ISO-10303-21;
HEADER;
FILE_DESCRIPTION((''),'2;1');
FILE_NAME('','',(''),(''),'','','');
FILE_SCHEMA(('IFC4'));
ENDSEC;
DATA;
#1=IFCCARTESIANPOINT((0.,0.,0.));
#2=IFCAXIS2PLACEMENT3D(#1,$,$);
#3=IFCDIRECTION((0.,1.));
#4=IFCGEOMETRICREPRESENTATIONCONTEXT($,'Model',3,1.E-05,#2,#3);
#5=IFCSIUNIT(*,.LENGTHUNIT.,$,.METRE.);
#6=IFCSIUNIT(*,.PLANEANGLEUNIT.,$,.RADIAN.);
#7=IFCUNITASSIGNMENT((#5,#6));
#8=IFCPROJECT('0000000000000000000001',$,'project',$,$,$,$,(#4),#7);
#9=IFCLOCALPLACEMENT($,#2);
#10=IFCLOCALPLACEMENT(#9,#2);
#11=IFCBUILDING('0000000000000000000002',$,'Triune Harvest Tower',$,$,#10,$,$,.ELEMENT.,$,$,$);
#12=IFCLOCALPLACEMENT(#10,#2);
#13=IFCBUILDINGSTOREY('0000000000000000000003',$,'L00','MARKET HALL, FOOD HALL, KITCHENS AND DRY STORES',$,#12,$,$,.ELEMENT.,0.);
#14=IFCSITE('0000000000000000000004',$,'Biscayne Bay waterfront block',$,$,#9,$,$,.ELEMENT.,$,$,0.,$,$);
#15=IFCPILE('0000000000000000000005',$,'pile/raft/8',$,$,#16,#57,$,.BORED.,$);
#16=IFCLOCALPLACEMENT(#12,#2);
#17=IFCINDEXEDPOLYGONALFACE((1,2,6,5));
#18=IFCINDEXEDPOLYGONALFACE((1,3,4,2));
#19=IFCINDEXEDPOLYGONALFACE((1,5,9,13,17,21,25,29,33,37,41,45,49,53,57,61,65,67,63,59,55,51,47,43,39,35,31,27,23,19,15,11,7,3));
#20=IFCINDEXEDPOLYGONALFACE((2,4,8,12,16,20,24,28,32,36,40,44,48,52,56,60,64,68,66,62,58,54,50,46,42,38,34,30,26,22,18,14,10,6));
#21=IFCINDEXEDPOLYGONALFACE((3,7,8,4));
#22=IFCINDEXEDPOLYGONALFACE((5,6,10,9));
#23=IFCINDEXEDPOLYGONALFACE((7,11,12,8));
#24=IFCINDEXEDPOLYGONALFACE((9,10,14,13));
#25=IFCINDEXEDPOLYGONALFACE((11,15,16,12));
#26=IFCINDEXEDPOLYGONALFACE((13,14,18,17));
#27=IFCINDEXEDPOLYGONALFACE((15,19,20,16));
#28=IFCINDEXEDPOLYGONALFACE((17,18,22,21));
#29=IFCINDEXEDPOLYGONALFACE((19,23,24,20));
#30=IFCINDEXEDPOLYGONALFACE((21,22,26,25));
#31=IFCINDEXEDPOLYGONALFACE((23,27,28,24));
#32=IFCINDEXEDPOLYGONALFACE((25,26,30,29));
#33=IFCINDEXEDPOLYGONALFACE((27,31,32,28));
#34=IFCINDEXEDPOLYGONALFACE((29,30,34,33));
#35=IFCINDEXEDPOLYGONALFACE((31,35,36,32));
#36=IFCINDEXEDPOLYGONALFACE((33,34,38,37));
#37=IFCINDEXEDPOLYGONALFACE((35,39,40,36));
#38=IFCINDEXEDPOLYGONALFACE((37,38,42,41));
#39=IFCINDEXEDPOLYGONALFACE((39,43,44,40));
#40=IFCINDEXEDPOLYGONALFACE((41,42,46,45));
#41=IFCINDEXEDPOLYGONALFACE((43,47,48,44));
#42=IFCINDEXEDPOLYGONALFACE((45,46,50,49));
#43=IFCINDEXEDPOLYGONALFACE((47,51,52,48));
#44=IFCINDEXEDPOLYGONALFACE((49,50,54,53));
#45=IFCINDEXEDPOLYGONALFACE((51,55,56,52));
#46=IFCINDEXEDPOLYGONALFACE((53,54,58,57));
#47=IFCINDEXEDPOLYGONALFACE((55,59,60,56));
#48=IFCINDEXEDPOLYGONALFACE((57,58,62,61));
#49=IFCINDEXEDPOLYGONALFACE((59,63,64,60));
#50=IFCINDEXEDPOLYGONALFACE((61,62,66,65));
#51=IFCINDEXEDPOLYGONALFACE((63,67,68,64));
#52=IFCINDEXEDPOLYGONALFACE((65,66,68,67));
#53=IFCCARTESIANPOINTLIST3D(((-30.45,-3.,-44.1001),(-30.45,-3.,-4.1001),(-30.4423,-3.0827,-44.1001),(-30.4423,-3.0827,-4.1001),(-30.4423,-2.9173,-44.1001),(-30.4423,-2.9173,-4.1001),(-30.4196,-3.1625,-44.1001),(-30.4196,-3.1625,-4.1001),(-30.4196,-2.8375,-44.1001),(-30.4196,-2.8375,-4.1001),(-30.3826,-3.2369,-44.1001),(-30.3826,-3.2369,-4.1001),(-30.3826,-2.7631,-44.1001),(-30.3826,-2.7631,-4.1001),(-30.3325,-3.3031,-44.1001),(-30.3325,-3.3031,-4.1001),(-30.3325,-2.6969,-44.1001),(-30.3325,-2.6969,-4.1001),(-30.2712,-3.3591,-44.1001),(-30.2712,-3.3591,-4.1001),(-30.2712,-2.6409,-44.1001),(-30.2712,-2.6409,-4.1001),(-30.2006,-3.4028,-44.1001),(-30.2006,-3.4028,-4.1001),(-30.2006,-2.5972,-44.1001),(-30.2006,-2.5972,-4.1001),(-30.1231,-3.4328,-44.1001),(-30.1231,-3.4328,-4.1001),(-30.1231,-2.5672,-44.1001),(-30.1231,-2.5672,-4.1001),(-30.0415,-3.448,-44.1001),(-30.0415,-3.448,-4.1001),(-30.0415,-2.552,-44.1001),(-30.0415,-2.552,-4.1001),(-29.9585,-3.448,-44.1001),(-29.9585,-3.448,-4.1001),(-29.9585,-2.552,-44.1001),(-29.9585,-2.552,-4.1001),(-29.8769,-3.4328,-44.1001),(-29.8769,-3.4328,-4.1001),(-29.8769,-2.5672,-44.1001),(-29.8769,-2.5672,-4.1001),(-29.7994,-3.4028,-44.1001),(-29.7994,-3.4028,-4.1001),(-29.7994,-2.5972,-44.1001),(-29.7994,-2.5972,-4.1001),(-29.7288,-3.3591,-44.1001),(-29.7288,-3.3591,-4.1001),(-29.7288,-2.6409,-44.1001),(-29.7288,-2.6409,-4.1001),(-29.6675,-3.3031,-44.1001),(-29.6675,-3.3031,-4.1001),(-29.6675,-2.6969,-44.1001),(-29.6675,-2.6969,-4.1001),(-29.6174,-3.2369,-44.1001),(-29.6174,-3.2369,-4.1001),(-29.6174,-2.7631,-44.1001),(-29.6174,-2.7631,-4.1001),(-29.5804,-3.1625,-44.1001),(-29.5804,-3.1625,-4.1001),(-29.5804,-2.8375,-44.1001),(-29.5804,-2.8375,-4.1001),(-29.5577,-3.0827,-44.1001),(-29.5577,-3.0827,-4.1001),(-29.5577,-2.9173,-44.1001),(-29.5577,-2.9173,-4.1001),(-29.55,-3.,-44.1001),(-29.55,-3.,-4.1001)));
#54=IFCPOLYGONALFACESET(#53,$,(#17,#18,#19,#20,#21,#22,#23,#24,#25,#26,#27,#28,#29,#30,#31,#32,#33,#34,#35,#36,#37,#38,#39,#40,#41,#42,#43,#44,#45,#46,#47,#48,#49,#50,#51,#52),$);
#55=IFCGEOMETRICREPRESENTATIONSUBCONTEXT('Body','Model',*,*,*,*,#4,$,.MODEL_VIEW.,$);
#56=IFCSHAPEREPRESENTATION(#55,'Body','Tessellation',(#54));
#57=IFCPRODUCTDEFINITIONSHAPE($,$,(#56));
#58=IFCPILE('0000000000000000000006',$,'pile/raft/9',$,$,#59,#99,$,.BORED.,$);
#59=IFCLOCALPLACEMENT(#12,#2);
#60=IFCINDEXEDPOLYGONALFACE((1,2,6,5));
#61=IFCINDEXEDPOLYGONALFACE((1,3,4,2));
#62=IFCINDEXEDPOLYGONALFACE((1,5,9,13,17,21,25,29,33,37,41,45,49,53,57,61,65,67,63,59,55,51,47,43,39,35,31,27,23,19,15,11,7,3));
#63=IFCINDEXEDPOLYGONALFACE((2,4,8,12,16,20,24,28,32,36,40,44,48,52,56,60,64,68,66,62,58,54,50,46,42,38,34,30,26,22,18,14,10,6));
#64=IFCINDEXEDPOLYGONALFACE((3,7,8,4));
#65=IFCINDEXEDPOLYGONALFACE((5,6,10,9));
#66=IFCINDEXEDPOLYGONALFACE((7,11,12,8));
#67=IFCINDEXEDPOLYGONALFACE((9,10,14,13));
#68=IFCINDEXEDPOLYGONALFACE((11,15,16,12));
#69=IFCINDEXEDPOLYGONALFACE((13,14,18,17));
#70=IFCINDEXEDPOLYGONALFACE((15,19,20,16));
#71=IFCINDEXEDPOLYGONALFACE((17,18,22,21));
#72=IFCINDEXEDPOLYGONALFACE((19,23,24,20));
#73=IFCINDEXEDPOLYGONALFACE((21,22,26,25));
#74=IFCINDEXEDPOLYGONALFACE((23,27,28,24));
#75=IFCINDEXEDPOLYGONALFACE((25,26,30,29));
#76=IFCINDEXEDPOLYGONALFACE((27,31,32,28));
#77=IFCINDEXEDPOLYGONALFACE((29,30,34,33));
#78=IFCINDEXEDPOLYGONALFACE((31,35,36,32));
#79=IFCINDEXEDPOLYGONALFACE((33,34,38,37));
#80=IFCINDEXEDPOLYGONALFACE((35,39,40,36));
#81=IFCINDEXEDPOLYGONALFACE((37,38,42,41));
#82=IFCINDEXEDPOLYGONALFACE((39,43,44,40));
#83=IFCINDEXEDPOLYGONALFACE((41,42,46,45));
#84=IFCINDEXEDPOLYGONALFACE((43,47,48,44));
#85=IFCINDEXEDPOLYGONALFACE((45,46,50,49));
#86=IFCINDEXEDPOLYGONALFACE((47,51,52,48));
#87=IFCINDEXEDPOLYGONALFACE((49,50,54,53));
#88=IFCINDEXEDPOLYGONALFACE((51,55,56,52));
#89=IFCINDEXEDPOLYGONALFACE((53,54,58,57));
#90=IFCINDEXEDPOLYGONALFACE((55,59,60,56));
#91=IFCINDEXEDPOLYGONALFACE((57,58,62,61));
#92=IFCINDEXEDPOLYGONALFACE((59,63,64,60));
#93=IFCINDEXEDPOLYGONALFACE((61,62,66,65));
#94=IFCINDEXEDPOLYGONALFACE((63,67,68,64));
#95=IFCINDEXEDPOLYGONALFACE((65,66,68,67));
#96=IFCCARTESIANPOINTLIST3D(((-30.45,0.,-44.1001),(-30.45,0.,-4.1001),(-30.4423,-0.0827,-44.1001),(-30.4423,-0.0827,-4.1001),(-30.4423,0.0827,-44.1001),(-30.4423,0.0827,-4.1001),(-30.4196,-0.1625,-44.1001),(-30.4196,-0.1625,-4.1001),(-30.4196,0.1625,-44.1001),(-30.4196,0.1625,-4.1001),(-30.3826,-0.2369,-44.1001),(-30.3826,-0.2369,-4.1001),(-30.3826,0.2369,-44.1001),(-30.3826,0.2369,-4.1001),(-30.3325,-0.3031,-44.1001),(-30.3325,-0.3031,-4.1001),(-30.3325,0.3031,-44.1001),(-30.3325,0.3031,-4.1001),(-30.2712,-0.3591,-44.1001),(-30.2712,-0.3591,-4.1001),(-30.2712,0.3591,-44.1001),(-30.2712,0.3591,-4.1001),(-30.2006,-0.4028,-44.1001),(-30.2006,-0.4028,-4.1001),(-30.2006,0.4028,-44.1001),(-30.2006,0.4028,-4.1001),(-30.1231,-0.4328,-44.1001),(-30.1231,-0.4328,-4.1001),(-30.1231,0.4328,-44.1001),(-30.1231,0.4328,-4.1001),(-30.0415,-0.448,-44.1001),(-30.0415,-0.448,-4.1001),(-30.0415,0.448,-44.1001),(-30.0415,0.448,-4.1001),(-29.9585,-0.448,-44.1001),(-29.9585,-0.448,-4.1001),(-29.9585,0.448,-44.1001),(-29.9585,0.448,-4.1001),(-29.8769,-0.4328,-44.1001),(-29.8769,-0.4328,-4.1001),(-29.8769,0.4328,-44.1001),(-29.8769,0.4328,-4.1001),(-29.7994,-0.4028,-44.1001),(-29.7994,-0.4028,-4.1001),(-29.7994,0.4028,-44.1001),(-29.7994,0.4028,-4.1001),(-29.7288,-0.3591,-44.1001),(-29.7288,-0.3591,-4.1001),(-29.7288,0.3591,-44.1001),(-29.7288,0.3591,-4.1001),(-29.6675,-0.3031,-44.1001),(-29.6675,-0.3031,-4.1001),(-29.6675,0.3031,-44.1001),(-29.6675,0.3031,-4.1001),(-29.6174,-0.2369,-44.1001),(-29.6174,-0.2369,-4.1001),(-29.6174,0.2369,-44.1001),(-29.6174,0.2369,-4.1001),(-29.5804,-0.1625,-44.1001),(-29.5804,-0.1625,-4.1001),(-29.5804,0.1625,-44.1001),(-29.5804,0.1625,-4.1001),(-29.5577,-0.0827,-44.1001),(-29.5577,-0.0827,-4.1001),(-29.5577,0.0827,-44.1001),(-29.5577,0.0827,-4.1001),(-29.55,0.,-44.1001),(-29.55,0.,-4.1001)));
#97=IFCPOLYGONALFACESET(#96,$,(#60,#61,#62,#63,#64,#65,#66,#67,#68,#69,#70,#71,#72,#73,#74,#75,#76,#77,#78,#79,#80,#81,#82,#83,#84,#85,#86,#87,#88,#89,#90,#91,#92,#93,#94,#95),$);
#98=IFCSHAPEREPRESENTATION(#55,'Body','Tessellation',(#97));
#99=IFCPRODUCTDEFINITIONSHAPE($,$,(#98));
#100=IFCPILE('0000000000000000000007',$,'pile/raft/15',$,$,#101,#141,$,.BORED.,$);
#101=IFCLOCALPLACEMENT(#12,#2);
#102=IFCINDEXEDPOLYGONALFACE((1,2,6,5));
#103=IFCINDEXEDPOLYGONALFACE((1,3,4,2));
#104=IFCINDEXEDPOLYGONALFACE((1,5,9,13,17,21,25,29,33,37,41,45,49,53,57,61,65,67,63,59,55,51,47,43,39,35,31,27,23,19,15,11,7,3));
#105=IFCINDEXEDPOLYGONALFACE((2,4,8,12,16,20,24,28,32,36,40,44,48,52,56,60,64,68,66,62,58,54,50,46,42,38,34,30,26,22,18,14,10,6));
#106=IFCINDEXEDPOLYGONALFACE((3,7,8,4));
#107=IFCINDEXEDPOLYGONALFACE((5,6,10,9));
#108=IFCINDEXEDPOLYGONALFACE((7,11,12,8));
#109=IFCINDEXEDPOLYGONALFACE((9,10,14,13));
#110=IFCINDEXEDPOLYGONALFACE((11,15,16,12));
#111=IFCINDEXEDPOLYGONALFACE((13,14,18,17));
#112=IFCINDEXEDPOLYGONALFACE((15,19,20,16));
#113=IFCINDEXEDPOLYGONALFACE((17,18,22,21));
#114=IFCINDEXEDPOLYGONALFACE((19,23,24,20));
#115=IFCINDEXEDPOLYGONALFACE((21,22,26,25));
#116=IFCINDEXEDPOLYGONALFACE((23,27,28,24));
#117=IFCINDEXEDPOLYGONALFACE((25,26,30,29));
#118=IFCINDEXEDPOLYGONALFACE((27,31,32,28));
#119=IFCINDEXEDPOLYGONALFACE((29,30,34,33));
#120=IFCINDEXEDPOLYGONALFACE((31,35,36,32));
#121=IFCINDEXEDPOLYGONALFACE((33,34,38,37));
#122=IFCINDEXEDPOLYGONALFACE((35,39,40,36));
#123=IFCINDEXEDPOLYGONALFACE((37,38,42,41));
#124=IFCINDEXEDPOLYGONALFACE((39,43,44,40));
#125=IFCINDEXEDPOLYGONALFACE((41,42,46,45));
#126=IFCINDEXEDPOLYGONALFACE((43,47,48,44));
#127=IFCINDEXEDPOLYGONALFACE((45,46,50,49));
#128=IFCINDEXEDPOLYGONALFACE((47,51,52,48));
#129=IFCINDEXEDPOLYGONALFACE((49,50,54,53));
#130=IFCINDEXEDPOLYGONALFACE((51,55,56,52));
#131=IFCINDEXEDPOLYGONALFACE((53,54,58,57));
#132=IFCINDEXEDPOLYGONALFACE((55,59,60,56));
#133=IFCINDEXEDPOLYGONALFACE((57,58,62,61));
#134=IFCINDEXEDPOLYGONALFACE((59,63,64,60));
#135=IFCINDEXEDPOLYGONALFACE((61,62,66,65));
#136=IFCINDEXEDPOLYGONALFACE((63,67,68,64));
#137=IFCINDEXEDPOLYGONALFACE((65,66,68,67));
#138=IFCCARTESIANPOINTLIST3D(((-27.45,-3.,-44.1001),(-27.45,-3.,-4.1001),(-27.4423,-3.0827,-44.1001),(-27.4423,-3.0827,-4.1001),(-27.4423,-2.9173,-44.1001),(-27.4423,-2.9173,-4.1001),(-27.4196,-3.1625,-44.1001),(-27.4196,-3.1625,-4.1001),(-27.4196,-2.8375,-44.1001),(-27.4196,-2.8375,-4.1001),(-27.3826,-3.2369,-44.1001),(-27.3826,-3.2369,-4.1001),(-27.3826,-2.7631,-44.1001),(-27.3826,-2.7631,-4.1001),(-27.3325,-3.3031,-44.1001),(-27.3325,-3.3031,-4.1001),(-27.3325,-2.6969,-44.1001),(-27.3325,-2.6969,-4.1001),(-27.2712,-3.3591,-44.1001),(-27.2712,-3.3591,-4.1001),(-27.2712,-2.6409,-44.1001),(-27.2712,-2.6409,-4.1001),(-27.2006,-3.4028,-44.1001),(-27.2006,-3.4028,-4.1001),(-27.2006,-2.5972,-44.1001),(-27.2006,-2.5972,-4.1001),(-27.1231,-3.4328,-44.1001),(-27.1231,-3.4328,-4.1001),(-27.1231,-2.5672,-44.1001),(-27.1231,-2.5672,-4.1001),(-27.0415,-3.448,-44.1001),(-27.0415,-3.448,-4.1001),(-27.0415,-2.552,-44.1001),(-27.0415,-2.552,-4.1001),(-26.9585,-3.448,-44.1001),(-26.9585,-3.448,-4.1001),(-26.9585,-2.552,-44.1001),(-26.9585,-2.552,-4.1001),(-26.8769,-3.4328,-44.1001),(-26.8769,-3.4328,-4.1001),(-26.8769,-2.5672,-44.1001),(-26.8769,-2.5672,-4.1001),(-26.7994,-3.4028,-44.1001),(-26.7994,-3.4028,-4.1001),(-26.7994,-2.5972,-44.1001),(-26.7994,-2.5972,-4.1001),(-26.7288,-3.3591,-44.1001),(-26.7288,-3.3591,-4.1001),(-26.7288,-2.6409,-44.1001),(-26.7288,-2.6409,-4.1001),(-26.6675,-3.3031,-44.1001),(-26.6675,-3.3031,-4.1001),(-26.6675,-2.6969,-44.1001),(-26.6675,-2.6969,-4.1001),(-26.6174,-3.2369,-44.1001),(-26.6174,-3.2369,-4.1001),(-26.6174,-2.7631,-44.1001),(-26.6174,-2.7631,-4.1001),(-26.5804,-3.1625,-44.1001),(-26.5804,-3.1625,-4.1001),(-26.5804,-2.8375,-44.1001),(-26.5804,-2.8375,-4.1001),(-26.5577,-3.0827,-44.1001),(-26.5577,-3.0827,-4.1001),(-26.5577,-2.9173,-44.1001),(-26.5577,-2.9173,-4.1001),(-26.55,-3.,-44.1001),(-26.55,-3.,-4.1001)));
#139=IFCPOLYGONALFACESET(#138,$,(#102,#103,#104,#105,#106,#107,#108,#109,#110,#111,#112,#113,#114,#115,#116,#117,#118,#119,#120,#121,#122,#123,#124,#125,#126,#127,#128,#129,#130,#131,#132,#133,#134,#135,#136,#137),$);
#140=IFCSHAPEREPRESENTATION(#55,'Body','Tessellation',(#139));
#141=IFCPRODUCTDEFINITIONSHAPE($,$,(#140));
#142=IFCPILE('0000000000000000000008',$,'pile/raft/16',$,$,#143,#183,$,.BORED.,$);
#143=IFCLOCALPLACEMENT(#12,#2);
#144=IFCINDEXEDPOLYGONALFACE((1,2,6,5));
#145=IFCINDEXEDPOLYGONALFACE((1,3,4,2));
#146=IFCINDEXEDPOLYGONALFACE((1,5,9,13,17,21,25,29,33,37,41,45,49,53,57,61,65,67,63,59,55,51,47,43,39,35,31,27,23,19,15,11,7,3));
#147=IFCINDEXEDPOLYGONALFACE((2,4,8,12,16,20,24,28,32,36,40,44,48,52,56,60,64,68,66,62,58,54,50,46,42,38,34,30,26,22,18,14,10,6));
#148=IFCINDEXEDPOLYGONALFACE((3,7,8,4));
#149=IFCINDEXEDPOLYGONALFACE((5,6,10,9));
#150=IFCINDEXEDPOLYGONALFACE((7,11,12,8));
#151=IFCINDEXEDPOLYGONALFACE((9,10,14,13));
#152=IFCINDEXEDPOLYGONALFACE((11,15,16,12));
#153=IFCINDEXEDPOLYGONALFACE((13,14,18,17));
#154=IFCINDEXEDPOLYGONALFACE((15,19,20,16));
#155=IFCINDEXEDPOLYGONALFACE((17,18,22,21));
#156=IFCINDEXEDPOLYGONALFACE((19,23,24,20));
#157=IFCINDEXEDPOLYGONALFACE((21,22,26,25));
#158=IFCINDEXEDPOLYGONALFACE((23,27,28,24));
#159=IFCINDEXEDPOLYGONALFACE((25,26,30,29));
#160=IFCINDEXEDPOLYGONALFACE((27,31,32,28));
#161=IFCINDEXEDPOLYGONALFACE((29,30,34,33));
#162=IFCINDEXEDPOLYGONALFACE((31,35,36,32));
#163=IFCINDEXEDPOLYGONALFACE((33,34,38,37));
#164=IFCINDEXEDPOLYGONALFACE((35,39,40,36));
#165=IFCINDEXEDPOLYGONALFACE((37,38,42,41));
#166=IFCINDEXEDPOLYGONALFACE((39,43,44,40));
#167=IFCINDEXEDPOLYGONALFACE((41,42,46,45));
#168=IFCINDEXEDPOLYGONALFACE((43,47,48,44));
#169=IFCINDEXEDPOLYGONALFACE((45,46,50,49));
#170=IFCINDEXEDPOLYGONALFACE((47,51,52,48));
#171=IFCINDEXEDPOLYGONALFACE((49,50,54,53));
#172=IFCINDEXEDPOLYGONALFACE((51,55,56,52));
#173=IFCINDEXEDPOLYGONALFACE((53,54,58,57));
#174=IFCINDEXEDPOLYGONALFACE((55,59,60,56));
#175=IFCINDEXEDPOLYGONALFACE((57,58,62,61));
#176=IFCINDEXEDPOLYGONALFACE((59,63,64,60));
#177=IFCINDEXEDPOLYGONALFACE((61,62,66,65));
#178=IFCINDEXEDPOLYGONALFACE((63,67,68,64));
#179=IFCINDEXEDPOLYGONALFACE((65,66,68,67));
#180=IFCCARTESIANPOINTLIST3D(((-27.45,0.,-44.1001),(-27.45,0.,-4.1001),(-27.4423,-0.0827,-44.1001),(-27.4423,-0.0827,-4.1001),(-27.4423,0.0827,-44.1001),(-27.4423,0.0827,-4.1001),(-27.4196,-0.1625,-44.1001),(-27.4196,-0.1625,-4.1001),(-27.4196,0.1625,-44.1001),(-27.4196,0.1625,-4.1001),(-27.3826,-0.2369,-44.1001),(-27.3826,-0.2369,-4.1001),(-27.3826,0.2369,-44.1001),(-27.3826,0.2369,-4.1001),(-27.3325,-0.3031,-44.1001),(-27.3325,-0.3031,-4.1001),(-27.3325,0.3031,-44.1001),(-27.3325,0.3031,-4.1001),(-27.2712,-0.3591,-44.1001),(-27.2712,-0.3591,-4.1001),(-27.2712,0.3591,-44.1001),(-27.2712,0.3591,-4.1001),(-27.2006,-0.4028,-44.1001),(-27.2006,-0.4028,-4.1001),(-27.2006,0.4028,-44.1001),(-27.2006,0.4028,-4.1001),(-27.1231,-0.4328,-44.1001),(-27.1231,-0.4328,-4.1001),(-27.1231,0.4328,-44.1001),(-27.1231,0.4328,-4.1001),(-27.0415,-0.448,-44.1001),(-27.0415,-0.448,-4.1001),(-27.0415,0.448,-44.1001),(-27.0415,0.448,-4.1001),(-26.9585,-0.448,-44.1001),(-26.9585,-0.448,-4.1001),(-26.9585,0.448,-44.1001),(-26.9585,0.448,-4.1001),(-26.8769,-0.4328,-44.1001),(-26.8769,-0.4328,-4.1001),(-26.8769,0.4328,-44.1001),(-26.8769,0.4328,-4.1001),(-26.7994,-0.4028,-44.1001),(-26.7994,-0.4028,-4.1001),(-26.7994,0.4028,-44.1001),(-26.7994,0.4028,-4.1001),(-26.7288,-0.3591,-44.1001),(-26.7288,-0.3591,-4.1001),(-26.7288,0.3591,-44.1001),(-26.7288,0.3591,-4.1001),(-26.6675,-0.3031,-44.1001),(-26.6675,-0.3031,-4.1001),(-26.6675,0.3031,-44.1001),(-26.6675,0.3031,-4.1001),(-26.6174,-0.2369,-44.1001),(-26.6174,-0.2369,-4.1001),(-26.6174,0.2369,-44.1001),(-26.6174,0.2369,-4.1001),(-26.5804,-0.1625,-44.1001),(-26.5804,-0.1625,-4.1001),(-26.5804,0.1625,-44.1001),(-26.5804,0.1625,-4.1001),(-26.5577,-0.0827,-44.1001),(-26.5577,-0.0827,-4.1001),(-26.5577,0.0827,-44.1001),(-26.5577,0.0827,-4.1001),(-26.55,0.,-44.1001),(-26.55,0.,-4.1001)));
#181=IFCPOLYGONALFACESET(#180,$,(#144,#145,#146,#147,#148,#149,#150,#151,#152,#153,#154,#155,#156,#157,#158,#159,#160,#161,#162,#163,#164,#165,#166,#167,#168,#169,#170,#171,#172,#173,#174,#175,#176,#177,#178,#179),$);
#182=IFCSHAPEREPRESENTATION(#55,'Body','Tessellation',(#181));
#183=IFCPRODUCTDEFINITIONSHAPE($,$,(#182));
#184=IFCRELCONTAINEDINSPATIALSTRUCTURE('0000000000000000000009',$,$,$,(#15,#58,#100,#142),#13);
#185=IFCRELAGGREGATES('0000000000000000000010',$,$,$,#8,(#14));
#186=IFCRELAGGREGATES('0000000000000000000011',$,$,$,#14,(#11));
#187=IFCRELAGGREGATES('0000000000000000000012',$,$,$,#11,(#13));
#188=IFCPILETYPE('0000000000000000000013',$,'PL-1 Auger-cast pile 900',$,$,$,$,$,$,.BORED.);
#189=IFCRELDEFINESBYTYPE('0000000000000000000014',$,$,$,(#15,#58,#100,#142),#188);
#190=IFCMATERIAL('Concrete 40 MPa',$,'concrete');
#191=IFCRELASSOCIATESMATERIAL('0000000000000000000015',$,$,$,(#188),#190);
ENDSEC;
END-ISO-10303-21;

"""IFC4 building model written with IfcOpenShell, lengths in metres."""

from ifc_helpers import new_model, si_unit, direction, frame, origin, origin_2d, place, context, subcontext, project, spatial, circle, extrude, source, transform, mapped, material, material_profile, profile_set, type_object, element, save


model = new_model("IFC4")

# Units and contexts
model_context = context("Model", 3, precision=1e-05, world=origin(), true_north=direction((0.0, 1.0)))
body_context = subcontext(model_context, "Body", "Model", "MODEL_VIEW")
ifc_project = project(units=[si_unit("LENGTHUNIT", "METRE"), si_unit("PLANEANGLEUNIT", "RADIAN")], contexts=[model_context])

# Site, building, storey
site_placement = place(None, origin())
site = spatial("IfcSite", under=ifc_project, at=site_placement, Name="Biscayne Bay waterfront block", CompositionType="ELEMENT", RefElevation=0.0)
building_placement = place(site_placement, origin())
building = spatial("IfcBuilding", under=site, at=building_placement, Name="Triune Harvest Tower", CompositionType="ELEMENT")
storey_placement = place(building_placement, origin())
storey = spatial("IfcBuildingStorey", under=building, at=storey_placement, Name="L00", Description="MARKET HALL, FOOD HALL, KITCHENS AND DRY STORES", CompositionType="ELEMENT", Elevation=0.0)

# Piles
ifc_material_1 = material(Name="Concrete 40 MPa", Category="concrete")
ifc_material_profile = material_profile(ifc_material_1, circle(Radius=0.45, at=origin_2d()), Name="Bored 900")
ifc_profile_set = profile_set([ifc_material_profile], Name="Concrete 40 MPa")
pile_type = type_object("IfcPileType", Name="PL-1 Auger-cast pile 900", PredefinedType="BORED", material=ifc_profile_set)
shared_shape = source(origin(), body_context, "Body", "SweptSolid", [
    extrude(circle(Radius=0.45, at=origin_2d()), origin(), (0.0, 0.0, 1.0), 40.0),
])
for number, where, z_axis, x_axis, name in (
    (1, (-30.0, -3.0, -4.1001), (0.0, 0.0, -1.0), (1.0, 0.0, 0.0), "pile/raft/8"),
    (2, (-30.0, 0.0, -4.1001), (0.0, 0.0, -1.0), (1.0, 0.0, 0.0), "pile/raft/9"),
    (3, (-27.0, -3.0, -4.1001), (0.0, 0.0, -1.0), (1.0, 0.0, 0.0), "pile/raft/15"),
    (4, (-27.0, 0.0, -4.1001), (0.0, 0.0, -1.0), (1.0, 0.0, 0.0), "pile/raft/16"),
):
    element("IfcPile", number, at=place(storey_placement, frame(where, z_axis=z_axis, x_axis=x_axis)), inside=storey, type_object=pile_type, Name=name, PredefinedType="BORED", context=body_context, shape_type="MappedRepresentation", body=[
        mapped(shared_shape, transform((0.0, 0.0, 0.0), scale=1.0)),
    ])

save(model, "model.ifc")
